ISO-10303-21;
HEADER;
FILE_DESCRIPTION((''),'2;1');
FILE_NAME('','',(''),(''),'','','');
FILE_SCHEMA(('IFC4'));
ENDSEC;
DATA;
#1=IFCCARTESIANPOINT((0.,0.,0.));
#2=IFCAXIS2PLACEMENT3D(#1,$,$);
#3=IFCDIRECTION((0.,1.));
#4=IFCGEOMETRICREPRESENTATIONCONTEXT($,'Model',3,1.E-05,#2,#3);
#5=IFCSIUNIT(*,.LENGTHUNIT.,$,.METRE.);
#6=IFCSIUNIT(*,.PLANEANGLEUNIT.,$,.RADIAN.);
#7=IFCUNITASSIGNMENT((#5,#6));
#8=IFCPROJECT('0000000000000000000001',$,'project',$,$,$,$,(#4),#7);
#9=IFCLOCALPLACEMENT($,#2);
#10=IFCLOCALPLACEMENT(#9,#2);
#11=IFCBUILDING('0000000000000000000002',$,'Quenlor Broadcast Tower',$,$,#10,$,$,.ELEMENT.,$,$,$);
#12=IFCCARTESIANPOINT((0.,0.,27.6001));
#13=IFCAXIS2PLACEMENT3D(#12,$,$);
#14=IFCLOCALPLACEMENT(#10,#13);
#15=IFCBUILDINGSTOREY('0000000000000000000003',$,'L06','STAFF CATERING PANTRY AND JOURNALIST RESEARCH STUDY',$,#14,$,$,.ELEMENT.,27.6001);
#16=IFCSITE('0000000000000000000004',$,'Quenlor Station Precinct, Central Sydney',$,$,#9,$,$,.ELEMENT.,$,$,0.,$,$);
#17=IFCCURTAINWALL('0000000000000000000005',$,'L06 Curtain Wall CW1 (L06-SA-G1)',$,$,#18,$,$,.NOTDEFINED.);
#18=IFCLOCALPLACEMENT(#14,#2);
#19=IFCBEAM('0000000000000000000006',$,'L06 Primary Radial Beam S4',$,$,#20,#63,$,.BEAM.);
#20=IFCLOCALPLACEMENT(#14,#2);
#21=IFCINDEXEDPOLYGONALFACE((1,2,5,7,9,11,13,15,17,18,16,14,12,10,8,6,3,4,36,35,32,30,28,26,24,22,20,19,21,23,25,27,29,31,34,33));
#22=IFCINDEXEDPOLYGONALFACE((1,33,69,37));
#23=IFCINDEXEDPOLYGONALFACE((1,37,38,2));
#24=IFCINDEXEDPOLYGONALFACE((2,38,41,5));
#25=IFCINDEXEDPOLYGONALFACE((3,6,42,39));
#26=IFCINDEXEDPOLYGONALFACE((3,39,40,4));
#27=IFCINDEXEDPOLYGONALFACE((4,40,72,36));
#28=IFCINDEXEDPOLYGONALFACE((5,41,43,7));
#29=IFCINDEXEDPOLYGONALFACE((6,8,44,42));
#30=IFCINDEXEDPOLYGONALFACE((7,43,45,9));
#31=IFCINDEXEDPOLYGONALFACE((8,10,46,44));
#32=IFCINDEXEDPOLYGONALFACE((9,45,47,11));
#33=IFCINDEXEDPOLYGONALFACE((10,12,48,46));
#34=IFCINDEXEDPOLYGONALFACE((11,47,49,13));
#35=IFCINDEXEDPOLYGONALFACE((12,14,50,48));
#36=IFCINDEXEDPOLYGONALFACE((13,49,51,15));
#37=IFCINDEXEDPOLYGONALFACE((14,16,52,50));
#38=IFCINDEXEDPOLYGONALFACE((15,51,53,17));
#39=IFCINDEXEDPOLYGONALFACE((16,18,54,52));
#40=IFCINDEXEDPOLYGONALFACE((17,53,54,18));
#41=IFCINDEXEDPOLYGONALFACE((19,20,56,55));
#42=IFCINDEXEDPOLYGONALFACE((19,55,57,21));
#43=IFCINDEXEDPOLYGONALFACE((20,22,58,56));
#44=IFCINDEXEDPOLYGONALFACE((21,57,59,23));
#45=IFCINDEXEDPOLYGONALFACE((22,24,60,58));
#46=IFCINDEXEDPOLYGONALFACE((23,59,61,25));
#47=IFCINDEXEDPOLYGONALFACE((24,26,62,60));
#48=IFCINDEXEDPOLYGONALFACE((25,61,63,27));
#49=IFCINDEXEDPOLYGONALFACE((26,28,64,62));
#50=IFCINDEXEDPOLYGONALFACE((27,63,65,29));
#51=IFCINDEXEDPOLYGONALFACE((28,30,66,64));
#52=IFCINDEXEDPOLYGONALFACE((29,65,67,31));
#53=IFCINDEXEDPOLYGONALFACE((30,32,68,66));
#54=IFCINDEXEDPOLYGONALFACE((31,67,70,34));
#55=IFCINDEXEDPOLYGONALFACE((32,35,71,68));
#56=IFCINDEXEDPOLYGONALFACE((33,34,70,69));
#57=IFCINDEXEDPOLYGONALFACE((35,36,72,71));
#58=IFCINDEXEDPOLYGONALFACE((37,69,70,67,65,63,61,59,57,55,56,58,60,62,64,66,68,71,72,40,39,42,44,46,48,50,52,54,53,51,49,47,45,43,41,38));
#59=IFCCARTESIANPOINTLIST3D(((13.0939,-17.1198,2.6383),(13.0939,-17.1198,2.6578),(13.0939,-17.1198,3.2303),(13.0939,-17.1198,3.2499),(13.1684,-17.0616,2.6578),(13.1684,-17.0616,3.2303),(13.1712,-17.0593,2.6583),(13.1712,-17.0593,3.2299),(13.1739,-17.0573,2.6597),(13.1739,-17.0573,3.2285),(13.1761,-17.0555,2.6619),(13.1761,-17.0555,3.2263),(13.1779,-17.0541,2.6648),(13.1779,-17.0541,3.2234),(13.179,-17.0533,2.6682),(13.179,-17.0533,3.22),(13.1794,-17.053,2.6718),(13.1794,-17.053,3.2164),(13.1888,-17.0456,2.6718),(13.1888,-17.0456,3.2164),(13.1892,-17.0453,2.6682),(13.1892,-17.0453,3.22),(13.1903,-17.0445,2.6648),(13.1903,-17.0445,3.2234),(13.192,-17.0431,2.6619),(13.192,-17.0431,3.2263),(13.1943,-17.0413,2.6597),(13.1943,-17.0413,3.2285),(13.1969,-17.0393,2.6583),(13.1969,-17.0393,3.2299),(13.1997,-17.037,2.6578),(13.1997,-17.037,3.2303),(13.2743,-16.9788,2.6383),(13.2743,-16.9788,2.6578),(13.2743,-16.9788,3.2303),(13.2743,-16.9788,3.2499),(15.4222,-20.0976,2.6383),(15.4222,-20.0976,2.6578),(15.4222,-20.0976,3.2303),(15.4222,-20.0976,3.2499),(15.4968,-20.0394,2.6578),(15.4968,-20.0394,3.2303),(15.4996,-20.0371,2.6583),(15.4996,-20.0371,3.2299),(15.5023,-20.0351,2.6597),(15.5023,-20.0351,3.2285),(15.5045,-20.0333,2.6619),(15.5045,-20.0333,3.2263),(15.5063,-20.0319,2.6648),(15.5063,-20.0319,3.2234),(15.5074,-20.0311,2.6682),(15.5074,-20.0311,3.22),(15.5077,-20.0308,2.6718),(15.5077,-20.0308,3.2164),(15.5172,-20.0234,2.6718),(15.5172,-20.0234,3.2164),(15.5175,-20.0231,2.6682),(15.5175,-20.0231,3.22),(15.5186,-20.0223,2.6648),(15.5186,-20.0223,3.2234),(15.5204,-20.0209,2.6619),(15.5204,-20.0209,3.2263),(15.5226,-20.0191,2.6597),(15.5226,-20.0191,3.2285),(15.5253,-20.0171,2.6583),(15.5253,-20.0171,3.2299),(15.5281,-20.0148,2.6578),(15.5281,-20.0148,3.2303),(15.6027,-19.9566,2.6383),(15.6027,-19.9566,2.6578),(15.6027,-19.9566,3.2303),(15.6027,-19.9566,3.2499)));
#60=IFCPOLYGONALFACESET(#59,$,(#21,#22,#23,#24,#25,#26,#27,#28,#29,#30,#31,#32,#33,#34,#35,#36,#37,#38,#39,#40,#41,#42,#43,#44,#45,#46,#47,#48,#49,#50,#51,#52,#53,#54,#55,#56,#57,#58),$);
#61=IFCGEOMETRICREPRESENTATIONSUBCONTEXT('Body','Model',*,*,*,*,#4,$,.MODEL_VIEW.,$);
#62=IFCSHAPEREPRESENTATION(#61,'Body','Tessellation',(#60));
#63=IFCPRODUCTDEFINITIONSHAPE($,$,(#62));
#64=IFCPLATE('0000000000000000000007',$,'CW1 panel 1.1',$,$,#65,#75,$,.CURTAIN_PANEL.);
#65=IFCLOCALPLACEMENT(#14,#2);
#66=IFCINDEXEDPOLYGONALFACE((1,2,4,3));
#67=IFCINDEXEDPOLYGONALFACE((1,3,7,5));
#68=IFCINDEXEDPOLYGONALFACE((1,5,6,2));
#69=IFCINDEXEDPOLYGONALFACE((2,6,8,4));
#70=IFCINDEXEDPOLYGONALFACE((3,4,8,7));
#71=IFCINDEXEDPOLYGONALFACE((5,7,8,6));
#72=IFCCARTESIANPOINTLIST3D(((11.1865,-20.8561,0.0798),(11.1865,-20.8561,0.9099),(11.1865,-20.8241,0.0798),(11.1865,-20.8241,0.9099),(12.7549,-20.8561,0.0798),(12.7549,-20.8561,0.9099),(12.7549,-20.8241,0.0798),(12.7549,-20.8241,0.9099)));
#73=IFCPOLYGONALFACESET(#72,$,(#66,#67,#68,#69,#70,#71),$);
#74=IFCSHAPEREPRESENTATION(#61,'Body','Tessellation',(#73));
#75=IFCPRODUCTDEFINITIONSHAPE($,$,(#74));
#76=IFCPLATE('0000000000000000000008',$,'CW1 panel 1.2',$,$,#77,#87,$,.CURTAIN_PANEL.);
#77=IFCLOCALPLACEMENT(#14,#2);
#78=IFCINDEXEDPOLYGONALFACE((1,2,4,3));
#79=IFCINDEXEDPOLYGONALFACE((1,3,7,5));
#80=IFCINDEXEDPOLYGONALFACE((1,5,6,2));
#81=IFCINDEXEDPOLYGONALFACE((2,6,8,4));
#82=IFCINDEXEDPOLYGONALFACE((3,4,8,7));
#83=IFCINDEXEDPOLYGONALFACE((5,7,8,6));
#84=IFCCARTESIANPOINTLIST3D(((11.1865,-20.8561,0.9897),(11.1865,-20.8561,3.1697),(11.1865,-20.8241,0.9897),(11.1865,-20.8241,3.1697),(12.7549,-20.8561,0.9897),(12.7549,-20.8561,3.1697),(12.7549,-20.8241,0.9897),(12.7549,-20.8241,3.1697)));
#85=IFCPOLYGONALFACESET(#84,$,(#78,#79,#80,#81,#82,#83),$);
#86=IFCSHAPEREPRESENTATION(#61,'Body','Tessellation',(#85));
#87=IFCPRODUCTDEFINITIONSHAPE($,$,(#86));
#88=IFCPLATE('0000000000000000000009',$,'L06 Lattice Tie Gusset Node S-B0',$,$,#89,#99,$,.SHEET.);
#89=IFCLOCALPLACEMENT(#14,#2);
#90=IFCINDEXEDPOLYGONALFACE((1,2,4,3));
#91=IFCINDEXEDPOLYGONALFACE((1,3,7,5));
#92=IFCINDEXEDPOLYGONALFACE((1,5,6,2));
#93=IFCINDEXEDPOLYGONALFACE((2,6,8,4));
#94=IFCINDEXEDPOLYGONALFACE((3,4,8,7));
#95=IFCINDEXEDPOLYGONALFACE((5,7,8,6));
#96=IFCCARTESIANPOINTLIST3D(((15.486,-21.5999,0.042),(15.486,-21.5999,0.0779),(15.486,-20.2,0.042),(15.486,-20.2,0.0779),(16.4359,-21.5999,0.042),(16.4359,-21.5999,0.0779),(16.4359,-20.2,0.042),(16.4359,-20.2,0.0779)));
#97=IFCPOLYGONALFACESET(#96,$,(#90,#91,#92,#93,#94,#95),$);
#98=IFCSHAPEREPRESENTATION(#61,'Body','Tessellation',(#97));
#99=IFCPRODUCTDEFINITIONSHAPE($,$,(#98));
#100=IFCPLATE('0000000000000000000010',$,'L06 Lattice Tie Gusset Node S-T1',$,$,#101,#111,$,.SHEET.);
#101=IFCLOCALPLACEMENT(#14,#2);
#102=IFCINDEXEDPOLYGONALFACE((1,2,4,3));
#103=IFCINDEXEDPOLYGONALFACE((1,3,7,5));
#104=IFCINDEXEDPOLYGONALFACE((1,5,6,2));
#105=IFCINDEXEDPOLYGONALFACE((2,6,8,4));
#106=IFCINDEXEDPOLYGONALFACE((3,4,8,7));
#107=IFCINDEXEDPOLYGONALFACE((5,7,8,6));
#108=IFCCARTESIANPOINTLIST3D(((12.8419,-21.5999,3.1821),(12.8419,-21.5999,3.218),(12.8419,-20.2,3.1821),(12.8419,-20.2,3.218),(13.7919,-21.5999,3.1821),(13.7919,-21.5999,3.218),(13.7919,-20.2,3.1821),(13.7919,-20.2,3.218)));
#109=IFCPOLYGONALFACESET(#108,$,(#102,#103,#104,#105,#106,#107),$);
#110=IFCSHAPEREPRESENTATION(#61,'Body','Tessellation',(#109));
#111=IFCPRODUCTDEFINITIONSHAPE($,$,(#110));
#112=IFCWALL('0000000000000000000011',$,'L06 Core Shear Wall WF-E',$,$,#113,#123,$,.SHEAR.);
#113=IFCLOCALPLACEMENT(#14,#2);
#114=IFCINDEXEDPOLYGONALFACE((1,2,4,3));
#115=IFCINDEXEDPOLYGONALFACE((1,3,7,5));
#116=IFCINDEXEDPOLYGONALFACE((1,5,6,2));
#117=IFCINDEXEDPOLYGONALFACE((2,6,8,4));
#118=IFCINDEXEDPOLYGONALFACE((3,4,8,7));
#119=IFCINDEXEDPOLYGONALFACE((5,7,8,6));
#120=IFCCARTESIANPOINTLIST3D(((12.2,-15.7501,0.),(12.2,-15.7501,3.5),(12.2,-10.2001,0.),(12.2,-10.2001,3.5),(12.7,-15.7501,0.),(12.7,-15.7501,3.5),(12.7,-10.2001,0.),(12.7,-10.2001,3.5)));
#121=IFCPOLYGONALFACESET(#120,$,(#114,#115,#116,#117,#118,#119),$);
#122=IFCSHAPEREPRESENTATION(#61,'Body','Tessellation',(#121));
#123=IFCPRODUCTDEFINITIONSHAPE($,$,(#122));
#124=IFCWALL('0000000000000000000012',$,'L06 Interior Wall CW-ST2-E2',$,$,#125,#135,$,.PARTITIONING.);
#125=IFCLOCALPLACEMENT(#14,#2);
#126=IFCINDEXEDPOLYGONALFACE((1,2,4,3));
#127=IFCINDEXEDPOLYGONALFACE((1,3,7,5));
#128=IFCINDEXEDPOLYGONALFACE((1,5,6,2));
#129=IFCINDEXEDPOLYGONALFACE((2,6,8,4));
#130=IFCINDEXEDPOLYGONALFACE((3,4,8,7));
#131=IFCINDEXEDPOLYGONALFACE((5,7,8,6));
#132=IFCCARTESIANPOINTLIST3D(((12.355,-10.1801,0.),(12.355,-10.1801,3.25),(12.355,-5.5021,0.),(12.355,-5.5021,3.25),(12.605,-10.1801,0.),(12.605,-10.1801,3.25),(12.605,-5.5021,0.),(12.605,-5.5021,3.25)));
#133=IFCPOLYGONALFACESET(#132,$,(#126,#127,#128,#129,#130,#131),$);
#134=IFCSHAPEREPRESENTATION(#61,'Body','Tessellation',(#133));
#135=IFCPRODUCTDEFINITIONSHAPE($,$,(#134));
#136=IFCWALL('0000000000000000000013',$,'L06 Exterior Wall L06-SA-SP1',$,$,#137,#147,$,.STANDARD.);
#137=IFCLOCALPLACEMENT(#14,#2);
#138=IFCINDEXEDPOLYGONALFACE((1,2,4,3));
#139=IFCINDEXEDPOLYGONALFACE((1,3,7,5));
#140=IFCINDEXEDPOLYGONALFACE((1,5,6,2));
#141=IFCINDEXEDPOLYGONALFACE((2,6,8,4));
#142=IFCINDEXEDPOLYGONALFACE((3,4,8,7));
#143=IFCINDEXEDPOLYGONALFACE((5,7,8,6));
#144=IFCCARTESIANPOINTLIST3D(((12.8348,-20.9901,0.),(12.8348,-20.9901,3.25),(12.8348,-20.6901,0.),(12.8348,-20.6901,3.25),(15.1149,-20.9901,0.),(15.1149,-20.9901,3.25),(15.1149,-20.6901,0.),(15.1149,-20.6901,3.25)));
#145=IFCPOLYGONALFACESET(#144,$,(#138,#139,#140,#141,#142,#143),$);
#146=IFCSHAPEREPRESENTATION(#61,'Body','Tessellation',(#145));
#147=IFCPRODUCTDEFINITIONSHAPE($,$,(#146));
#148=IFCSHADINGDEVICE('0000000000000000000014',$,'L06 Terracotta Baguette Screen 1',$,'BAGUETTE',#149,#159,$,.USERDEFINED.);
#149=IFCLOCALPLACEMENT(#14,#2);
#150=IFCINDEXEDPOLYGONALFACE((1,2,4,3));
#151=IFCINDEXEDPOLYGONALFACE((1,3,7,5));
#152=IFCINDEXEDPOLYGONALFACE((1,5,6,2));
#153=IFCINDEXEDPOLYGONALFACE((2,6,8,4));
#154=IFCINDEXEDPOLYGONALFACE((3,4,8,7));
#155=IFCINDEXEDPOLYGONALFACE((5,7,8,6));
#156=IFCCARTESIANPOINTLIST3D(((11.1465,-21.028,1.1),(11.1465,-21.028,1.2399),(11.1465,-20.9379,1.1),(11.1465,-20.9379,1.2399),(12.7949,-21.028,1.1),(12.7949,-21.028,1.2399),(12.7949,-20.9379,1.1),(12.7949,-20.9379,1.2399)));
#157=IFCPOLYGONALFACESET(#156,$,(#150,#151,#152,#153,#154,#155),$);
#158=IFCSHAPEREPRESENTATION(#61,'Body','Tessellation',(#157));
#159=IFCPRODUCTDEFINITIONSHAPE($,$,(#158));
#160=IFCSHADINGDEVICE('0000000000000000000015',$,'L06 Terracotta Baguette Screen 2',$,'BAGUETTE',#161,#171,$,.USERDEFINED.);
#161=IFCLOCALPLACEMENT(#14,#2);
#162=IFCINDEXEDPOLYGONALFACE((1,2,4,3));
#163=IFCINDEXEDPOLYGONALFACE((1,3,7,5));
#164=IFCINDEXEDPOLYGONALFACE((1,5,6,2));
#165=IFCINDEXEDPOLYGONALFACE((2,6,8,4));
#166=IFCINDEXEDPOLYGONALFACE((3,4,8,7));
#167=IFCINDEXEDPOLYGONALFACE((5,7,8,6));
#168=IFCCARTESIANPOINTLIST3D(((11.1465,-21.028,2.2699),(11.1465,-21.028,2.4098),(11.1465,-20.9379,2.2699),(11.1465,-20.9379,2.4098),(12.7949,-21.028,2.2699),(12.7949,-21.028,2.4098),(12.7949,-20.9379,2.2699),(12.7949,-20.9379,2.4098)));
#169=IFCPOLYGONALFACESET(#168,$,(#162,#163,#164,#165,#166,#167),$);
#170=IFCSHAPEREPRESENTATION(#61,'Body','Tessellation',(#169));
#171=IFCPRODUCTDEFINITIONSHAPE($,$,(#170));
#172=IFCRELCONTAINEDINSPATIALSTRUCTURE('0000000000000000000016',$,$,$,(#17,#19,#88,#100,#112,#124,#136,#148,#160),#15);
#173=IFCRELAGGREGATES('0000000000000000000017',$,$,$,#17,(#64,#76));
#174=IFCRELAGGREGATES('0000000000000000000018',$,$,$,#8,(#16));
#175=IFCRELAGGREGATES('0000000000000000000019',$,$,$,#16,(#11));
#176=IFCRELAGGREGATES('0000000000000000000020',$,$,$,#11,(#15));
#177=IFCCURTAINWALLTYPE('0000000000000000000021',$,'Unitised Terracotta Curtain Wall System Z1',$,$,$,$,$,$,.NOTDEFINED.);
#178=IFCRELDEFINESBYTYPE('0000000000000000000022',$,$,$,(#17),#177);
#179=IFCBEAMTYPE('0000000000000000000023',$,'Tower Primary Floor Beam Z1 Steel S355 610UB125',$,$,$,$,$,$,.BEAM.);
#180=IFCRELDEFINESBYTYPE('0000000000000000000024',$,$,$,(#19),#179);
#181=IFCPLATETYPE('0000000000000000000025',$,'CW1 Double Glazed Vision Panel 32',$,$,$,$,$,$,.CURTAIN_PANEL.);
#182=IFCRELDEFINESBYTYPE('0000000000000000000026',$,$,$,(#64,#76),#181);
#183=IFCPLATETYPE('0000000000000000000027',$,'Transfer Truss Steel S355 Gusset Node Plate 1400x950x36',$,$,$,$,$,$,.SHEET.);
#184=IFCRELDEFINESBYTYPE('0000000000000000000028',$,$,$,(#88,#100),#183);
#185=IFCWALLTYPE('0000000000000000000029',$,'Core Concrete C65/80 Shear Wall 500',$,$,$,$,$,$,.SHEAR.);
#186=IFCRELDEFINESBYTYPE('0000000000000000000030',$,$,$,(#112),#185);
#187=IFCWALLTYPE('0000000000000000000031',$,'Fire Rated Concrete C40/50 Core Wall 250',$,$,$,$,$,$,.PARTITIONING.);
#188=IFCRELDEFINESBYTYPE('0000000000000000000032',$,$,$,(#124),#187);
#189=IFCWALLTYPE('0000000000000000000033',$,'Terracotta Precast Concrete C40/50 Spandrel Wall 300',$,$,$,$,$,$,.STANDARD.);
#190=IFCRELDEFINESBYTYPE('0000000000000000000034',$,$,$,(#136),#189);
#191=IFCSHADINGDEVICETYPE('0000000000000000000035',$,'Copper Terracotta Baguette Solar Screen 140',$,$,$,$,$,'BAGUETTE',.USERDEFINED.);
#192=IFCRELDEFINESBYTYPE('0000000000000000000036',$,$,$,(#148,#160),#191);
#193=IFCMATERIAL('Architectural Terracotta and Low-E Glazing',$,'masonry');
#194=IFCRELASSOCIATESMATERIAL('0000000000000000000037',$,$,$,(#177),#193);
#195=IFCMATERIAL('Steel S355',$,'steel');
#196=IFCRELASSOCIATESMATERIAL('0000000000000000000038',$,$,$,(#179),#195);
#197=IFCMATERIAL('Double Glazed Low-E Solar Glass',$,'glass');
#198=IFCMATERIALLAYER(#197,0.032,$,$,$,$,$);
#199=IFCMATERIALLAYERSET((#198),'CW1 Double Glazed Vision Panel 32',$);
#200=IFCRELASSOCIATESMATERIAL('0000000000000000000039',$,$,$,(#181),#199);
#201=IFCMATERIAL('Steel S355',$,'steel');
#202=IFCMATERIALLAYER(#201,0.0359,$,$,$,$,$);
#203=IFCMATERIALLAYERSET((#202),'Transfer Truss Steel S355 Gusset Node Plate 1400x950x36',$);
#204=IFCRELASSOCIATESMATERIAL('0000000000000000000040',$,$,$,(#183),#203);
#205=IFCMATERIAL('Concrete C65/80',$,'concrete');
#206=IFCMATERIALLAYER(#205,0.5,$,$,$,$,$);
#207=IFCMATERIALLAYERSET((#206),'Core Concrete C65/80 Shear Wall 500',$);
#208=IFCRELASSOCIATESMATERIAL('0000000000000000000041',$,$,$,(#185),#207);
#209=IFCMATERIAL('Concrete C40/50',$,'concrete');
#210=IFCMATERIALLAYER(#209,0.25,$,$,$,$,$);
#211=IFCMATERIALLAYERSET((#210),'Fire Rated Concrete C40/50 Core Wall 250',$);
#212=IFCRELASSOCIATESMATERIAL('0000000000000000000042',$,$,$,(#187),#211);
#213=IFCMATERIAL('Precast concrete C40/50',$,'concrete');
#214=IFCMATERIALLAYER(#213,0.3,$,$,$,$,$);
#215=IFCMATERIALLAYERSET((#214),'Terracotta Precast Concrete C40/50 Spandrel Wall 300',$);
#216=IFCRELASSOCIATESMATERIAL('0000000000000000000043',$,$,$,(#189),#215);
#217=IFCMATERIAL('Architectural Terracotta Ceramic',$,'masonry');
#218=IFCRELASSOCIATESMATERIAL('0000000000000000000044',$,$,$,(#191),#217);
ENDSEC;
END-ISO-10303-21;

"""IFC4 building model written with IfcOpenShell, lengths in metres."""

from ifc_helpers import new_model, si_unit, direction, frame, frame_2d, origin, origin_2d, place, context, subcontext, project, spatial, rectangle, i_section, extrude, material, layer, layer_set, material_profile, profile_set, type_object, element, aggregate, save


model = new_model("IFC4")

# Units and contexts
model_context = context("Model", 3, precision=1e-05, world=origin(), true_north=direction((0.0, 1.0)))
body_context = subcontext(model_context, "Body", "Model", "MODEL_VIEW")
ifc_project = project(units=[si_unit("LENGTHUNIT", "METRE"), si_unit("PLANEANGLEUNIT", "RADIAN")], contexts=[model_context])

# Site, building, storey
site_placement = place(None, origin())
site = spatial("IfcSite", under=ifc_project, at=site_placement, Name="Quenlor Station Precinct, Central Sydney", CompositionType="ELEMENT", RefElevation=0.0)
building_placement = place(site_placement, origin())
building = spatial("IfcBuilding", under=site, at=building_placement, Name="Quenlor Broadcast Tower", CompositionType="ELEMENT")
storey_placement = place(building_placement, frame((0.0, 0.0, 27.6001)))
storey = spatial("IfcBuildingStorey", under=building, at=storey_placement, Name="L06", Description="STAFF CATERING PANTRY AND JOURNALIST RESEARCH STUDY", CompositionType="ELEMENT", Elevation=27.6001)

# Curtain wall
ifc_material_1 = material(Name="Architectural Terracotta and Low-E Glazing", Category="masonry")
curtain_wall_type = type_object("IfcCurtainWallType", Name="Unitised Terracotta Curtain Wall System Z1", PredefinedType="NOTDEFINED", material=ifc_material_1)
curtain_wall_placement = place(storey_placement, origin())
curtain_wall = element("IfcCurtainWall", 1, at=curtain_wall_placement, inside=storey, type_object=curtain_wall_type, Name="L06 Curtain Wall CW1 (L06-SA-G1)", PredefinedType="NOTDEFINED")

# Beam
ifc_material_2 = material(Name="Steel S355", Category="steel")
ifc_material_profile_1 = material_profile(ifc_material_2, i_section(OverallWidth=0.229, OverallDepth=0.6116, WebThickness=0.012, FlangeThickness=0.0195, FilletRadius=0.0139, at=origin_2d()))
ifc_profile_set_1 = profile_set([ifc_material_profile_1], Name="Steel S355 610UB125")
beam_type_1 = type_object("IfcBeamType", Name="Tower Primary Floor Beam Z1 Steel S355 610UB125", PredefinedType="BEAM", material=ifc_profile_set_1)
beam_1_placement = place(storey_placement, frame((15.5125, -20.0271, 2.9441), z_axis=(-0.615969, 0.787771, 0.0), x_axis=(-0.787771, -0.615969, 0.0)))
element("IfcBeam", 2, at=beam_1_placement, inside=storey, type_object=beam_type_1, Name="L06 Primary Radial Beam S4", PredefinedType="BEAM", context=body_context, shape_type="SweptSolid", body=[
    extrude(i_section(OverallWidth=0.229, OverallDepth=0.6116, WebThickness=0.012, FlangeThickness=0.0195, FilletRadius=0.0139, at=origin_2d()), origin(), (0.0, 0.0, 1.0), 3.78),
])

# Plates
ifc_material_3 = material(Name="Double Glazed Low-E Solar Glass", Category="glass")
ifc_layer_1 = layer(ifc_material_3, 0.032)
ifc_layer_set_1 = layer_set([ifc_layer_1], Name="CW1 Double Glazed Vision Panel 32")
plate_type_1 = type_object("IfcPlateType", Name="CW1 Double Glazed Vision Panel 32", PredefinedType="CURTAIN_PANEL", material=ifc_layer_set_1)
plate_1_placement = place(storey_placement, frame((11.9707, -20.8401, 0.0798), z_axis=(0.0, 0.0, 1.0), x_axis=(-1.0, 0.0, 0.0)))
plate_1 = element("IfcPlate", 3, at=plate_1_placement, type_object=plate_type_1, Name="CW1 panel 1.1", PredefinedType="CURTAIN_PANEL", context=body_context, shape_type="SweptSolid", body=[
    extrude(rectangle(XDim=1.5684, YDim=0.032, at=origin_2d()), origin(), (0.0, 0.0, 1.0), 0.8301),
])
plate_2_placement = place(storey_placement, frame((11.9707, -20.8401, 0.9897), z_axis=(0.0, 0.0, 1.0), x_axis=(-1.0, 0.0, 0.0)))
plate_2 = element("IfcPlate", 4, at=plate_2_placement, type_object=plate_type_1, Name="CW1 panel 1.2", PredefinedType="CURTAIN_PANEL", context=body_context, shape_type="SweptSolid", body=[
    extrude(rectangle(XDim=1.5684, YDim=0.032, at=origin_2d()), origin(), (0.0, 0.0, 1.0), 2.1799),
])
aggregate(curtain_wall, [plate_1, plate_2])

# Plates
ifc_material_4 = material(Name="Steel S355", Category="steel")
ifc_layer_2 = layer(ifc_material_4, 0.0359)
ifc_layer_set_2 = layer_set([ifc_layer_2], Name="Transfer Truss Steel S355 Gusset Node Plate 1400x950x36")
plate_type_2 = type_object("IfcPlateType", Name="Transfer Truss Steel S355 Gusset Node Plate 1400x950x36", PredefinedType="SHEET", material=ifc_layer_set_2)
for number, where, z_axis, x_axis, name in (
    (5, (15.9609, -20.8999, 0.042), (0.0, 0.0, 1.0), (0.0, -1.0, 0.0), "L06 Lattice Tie Gusset Node S-B0"),
    (6, (13.3169, -20.8999, 3.1821), (0.0, 0.0, 1.0), (0.0, -1.0, 0.0), "L06 Lattice Tie Gusset Node S-T1"),
):
    element("IfcPlate", number, at=place(storey_placement, frame(where, z_axis=z_axis, x_axis=x_axis)), inside=storey, type_object=plate_type_2, Name=name, PredefinedType="SHEET", context=body_context, shape_type="SweptSolid", body=[
        extrude(rectangle(XDim=1.3999, YDim=0.95, at=origin_2d()), origin(), (0.0, 0.0, 1.0), 0.0359),
    ])

# Walls
ifc_material_5 = material(Name="Concrete C65/80", Category="concrete")
ifc_layer_3 = layer(ifc_material_5, 0.5)
ifc_layer_set_3 = layer_set([ifc_layer_3], Name="Core Concrete C65/80 Shear Wall 500")
wall_type_1 = type_object("IfcWallType", Name="Core Concrete C65/80 Shear Wall 500", PredefinedType="SHEAR", material=ifc_layer_set_3)
wall_1_placement = place(storey_placement, frame((12.45, -15.75, 0.0), z_axis=(0.0, 0.0, 1.0), x_axis=(0.0, 1.0, 0.0)))
element("IfcWall", 7, at=wall_1_placement, inside=storey, type_object=wall_type_1, Name="L06 Core Shear Wall WF-E", PredefinedType="SHEAR", context=body_context, shape_type="SweptSolid", body=[
    extrude(rectangle(XDim=5.55, YDim=0.5, at=frame_2d((2.7749, 0.0))), origin(), (0.0, 0.0, 1.0), 3.5),
])
ifc_material_6 = material(Name="Concrete C40/50", Category="concrete")
ifc_layer_4 = layer(ifc_material_6, 0.25)
ifc_layer_set_4 = layer_set([ifc_layer_4], Name="Fire Rated Concrete C40/50 Core Wall 250")
wall_type_2 = type_object("IfcWallType", Name="Fire Rated Concrete C40/50 Core Wall 250", PredefinedType="PARTITIONING", material=ifc_layer_set_4)
wall_2_placement = place(storey_placement, frame((12.48, -10.1799, 0.0), z_axis=(0.0, 0.0, 1.0), x_axis=(0.0, 1.0, 0.0)))
element("IfcWall", 8, at=wall_2_placement, inside=storey, type_object=wall_type_2, Name="L06 Interior Wall CW-ST2-E2", PredefinedType="PARTITIONING", context=body_context, shape_type="SweptSolid", body=[
    extrude(rectangle(XDim=4.678, YDim=0.25, at=frame_2d((2.3389, 0.0))), origin(), (0.0, 0.0, 1.0), 3.25),
])

# Wall
ifc_material_7 = material(Name="Precast concrete C40/50", Category="concrete")
ifc_layer_5 = layer(ifc_material_7, 0.3)
ifc_layer_set_5 = layer_set([ifc_layer_5], Name="Terracotta Precast Concrete C40/50 Spandrel Wall 300")
wall_type_3 = type_object("IfcWallType", Name="Terracotta Precast Concrete C40/50 Spandrel Wall 300", PredefinedType="STANDARD", material=ifc_layer_set_5)
wall_3_placement = place(storey_placement, frame((15.115, -20.8401, 0.0), z_axis=(0.0, 0.0, 1.0), x_axis=(-1.0, 0.0, 0.0)))
element("IfcWall", 9, at=wall_3_placement, inside=storey, type_object=wall_type_3, Name="L06 Exterior Wall L06-SA-SP1", PredefinedType="STANDARD", context=body_context, shape_type="SweptSolid", body=[
    extrude(rectangle(XDim=2.28, YDim=0.3, at=frame_2d((1.1401, 0.0))), origin(), (0.0, 0.0, 1.0), 3.25),
])

# Shading devices
ifc_material_8 = material(Name="Architectural Terracotta Ceramic", Category="masonry")
ifc_material_profile_2 = material_profile(ifc_material_8, rectangle(XDim=0.0901, YDim=0.1399, at=origin_2d()))
ifc_profile_set_2 = profile_set([ifc_material_profile_2], Name="Architectural Terracotta Ceramic BAG90x140")
shading_device_type = type_object("IfcShadingDeviceType", Name="Copper Terracotta Baguette Solar Screen 140", ElementType="BAGUETTE", PredefinedType="USERDEFINED", material=ifc_profile_set_2)
for number, where, z_axis, x_axis, name in (
    (10, (12.7949, -20.9829, 1.1699), (-1.0, 0.0, 0.0), (0.0, -1.0, 0.0), "L06 Terracotta Baguette Screen 1"),
    (11, (12.7949, -20.9829, 2.3398), (-1.0, 0.0, 0.0), (0.0, -1.0, 0.0), "L06 Terracotta Baguette Screen 2"),
):
    element("IfcShadingDevice", number, at=place(storey_placement, frame(where, z_axis=z_axis, x_axis=x_axis)), inside=storey, type_object=shading_device_type, Name=name, ObjectType="BAGUETTE", PredefinedType="USERDEFINED", context=body_context, shape_type="SweptSolid", body=[
        extrude(rectangle(XDim=0.0901, YDim=0.1399, at=origin_2d()), origin(), (0.0, 0.0, 1.0), 1.6484),
    ])

save(model, "model.ifc")
